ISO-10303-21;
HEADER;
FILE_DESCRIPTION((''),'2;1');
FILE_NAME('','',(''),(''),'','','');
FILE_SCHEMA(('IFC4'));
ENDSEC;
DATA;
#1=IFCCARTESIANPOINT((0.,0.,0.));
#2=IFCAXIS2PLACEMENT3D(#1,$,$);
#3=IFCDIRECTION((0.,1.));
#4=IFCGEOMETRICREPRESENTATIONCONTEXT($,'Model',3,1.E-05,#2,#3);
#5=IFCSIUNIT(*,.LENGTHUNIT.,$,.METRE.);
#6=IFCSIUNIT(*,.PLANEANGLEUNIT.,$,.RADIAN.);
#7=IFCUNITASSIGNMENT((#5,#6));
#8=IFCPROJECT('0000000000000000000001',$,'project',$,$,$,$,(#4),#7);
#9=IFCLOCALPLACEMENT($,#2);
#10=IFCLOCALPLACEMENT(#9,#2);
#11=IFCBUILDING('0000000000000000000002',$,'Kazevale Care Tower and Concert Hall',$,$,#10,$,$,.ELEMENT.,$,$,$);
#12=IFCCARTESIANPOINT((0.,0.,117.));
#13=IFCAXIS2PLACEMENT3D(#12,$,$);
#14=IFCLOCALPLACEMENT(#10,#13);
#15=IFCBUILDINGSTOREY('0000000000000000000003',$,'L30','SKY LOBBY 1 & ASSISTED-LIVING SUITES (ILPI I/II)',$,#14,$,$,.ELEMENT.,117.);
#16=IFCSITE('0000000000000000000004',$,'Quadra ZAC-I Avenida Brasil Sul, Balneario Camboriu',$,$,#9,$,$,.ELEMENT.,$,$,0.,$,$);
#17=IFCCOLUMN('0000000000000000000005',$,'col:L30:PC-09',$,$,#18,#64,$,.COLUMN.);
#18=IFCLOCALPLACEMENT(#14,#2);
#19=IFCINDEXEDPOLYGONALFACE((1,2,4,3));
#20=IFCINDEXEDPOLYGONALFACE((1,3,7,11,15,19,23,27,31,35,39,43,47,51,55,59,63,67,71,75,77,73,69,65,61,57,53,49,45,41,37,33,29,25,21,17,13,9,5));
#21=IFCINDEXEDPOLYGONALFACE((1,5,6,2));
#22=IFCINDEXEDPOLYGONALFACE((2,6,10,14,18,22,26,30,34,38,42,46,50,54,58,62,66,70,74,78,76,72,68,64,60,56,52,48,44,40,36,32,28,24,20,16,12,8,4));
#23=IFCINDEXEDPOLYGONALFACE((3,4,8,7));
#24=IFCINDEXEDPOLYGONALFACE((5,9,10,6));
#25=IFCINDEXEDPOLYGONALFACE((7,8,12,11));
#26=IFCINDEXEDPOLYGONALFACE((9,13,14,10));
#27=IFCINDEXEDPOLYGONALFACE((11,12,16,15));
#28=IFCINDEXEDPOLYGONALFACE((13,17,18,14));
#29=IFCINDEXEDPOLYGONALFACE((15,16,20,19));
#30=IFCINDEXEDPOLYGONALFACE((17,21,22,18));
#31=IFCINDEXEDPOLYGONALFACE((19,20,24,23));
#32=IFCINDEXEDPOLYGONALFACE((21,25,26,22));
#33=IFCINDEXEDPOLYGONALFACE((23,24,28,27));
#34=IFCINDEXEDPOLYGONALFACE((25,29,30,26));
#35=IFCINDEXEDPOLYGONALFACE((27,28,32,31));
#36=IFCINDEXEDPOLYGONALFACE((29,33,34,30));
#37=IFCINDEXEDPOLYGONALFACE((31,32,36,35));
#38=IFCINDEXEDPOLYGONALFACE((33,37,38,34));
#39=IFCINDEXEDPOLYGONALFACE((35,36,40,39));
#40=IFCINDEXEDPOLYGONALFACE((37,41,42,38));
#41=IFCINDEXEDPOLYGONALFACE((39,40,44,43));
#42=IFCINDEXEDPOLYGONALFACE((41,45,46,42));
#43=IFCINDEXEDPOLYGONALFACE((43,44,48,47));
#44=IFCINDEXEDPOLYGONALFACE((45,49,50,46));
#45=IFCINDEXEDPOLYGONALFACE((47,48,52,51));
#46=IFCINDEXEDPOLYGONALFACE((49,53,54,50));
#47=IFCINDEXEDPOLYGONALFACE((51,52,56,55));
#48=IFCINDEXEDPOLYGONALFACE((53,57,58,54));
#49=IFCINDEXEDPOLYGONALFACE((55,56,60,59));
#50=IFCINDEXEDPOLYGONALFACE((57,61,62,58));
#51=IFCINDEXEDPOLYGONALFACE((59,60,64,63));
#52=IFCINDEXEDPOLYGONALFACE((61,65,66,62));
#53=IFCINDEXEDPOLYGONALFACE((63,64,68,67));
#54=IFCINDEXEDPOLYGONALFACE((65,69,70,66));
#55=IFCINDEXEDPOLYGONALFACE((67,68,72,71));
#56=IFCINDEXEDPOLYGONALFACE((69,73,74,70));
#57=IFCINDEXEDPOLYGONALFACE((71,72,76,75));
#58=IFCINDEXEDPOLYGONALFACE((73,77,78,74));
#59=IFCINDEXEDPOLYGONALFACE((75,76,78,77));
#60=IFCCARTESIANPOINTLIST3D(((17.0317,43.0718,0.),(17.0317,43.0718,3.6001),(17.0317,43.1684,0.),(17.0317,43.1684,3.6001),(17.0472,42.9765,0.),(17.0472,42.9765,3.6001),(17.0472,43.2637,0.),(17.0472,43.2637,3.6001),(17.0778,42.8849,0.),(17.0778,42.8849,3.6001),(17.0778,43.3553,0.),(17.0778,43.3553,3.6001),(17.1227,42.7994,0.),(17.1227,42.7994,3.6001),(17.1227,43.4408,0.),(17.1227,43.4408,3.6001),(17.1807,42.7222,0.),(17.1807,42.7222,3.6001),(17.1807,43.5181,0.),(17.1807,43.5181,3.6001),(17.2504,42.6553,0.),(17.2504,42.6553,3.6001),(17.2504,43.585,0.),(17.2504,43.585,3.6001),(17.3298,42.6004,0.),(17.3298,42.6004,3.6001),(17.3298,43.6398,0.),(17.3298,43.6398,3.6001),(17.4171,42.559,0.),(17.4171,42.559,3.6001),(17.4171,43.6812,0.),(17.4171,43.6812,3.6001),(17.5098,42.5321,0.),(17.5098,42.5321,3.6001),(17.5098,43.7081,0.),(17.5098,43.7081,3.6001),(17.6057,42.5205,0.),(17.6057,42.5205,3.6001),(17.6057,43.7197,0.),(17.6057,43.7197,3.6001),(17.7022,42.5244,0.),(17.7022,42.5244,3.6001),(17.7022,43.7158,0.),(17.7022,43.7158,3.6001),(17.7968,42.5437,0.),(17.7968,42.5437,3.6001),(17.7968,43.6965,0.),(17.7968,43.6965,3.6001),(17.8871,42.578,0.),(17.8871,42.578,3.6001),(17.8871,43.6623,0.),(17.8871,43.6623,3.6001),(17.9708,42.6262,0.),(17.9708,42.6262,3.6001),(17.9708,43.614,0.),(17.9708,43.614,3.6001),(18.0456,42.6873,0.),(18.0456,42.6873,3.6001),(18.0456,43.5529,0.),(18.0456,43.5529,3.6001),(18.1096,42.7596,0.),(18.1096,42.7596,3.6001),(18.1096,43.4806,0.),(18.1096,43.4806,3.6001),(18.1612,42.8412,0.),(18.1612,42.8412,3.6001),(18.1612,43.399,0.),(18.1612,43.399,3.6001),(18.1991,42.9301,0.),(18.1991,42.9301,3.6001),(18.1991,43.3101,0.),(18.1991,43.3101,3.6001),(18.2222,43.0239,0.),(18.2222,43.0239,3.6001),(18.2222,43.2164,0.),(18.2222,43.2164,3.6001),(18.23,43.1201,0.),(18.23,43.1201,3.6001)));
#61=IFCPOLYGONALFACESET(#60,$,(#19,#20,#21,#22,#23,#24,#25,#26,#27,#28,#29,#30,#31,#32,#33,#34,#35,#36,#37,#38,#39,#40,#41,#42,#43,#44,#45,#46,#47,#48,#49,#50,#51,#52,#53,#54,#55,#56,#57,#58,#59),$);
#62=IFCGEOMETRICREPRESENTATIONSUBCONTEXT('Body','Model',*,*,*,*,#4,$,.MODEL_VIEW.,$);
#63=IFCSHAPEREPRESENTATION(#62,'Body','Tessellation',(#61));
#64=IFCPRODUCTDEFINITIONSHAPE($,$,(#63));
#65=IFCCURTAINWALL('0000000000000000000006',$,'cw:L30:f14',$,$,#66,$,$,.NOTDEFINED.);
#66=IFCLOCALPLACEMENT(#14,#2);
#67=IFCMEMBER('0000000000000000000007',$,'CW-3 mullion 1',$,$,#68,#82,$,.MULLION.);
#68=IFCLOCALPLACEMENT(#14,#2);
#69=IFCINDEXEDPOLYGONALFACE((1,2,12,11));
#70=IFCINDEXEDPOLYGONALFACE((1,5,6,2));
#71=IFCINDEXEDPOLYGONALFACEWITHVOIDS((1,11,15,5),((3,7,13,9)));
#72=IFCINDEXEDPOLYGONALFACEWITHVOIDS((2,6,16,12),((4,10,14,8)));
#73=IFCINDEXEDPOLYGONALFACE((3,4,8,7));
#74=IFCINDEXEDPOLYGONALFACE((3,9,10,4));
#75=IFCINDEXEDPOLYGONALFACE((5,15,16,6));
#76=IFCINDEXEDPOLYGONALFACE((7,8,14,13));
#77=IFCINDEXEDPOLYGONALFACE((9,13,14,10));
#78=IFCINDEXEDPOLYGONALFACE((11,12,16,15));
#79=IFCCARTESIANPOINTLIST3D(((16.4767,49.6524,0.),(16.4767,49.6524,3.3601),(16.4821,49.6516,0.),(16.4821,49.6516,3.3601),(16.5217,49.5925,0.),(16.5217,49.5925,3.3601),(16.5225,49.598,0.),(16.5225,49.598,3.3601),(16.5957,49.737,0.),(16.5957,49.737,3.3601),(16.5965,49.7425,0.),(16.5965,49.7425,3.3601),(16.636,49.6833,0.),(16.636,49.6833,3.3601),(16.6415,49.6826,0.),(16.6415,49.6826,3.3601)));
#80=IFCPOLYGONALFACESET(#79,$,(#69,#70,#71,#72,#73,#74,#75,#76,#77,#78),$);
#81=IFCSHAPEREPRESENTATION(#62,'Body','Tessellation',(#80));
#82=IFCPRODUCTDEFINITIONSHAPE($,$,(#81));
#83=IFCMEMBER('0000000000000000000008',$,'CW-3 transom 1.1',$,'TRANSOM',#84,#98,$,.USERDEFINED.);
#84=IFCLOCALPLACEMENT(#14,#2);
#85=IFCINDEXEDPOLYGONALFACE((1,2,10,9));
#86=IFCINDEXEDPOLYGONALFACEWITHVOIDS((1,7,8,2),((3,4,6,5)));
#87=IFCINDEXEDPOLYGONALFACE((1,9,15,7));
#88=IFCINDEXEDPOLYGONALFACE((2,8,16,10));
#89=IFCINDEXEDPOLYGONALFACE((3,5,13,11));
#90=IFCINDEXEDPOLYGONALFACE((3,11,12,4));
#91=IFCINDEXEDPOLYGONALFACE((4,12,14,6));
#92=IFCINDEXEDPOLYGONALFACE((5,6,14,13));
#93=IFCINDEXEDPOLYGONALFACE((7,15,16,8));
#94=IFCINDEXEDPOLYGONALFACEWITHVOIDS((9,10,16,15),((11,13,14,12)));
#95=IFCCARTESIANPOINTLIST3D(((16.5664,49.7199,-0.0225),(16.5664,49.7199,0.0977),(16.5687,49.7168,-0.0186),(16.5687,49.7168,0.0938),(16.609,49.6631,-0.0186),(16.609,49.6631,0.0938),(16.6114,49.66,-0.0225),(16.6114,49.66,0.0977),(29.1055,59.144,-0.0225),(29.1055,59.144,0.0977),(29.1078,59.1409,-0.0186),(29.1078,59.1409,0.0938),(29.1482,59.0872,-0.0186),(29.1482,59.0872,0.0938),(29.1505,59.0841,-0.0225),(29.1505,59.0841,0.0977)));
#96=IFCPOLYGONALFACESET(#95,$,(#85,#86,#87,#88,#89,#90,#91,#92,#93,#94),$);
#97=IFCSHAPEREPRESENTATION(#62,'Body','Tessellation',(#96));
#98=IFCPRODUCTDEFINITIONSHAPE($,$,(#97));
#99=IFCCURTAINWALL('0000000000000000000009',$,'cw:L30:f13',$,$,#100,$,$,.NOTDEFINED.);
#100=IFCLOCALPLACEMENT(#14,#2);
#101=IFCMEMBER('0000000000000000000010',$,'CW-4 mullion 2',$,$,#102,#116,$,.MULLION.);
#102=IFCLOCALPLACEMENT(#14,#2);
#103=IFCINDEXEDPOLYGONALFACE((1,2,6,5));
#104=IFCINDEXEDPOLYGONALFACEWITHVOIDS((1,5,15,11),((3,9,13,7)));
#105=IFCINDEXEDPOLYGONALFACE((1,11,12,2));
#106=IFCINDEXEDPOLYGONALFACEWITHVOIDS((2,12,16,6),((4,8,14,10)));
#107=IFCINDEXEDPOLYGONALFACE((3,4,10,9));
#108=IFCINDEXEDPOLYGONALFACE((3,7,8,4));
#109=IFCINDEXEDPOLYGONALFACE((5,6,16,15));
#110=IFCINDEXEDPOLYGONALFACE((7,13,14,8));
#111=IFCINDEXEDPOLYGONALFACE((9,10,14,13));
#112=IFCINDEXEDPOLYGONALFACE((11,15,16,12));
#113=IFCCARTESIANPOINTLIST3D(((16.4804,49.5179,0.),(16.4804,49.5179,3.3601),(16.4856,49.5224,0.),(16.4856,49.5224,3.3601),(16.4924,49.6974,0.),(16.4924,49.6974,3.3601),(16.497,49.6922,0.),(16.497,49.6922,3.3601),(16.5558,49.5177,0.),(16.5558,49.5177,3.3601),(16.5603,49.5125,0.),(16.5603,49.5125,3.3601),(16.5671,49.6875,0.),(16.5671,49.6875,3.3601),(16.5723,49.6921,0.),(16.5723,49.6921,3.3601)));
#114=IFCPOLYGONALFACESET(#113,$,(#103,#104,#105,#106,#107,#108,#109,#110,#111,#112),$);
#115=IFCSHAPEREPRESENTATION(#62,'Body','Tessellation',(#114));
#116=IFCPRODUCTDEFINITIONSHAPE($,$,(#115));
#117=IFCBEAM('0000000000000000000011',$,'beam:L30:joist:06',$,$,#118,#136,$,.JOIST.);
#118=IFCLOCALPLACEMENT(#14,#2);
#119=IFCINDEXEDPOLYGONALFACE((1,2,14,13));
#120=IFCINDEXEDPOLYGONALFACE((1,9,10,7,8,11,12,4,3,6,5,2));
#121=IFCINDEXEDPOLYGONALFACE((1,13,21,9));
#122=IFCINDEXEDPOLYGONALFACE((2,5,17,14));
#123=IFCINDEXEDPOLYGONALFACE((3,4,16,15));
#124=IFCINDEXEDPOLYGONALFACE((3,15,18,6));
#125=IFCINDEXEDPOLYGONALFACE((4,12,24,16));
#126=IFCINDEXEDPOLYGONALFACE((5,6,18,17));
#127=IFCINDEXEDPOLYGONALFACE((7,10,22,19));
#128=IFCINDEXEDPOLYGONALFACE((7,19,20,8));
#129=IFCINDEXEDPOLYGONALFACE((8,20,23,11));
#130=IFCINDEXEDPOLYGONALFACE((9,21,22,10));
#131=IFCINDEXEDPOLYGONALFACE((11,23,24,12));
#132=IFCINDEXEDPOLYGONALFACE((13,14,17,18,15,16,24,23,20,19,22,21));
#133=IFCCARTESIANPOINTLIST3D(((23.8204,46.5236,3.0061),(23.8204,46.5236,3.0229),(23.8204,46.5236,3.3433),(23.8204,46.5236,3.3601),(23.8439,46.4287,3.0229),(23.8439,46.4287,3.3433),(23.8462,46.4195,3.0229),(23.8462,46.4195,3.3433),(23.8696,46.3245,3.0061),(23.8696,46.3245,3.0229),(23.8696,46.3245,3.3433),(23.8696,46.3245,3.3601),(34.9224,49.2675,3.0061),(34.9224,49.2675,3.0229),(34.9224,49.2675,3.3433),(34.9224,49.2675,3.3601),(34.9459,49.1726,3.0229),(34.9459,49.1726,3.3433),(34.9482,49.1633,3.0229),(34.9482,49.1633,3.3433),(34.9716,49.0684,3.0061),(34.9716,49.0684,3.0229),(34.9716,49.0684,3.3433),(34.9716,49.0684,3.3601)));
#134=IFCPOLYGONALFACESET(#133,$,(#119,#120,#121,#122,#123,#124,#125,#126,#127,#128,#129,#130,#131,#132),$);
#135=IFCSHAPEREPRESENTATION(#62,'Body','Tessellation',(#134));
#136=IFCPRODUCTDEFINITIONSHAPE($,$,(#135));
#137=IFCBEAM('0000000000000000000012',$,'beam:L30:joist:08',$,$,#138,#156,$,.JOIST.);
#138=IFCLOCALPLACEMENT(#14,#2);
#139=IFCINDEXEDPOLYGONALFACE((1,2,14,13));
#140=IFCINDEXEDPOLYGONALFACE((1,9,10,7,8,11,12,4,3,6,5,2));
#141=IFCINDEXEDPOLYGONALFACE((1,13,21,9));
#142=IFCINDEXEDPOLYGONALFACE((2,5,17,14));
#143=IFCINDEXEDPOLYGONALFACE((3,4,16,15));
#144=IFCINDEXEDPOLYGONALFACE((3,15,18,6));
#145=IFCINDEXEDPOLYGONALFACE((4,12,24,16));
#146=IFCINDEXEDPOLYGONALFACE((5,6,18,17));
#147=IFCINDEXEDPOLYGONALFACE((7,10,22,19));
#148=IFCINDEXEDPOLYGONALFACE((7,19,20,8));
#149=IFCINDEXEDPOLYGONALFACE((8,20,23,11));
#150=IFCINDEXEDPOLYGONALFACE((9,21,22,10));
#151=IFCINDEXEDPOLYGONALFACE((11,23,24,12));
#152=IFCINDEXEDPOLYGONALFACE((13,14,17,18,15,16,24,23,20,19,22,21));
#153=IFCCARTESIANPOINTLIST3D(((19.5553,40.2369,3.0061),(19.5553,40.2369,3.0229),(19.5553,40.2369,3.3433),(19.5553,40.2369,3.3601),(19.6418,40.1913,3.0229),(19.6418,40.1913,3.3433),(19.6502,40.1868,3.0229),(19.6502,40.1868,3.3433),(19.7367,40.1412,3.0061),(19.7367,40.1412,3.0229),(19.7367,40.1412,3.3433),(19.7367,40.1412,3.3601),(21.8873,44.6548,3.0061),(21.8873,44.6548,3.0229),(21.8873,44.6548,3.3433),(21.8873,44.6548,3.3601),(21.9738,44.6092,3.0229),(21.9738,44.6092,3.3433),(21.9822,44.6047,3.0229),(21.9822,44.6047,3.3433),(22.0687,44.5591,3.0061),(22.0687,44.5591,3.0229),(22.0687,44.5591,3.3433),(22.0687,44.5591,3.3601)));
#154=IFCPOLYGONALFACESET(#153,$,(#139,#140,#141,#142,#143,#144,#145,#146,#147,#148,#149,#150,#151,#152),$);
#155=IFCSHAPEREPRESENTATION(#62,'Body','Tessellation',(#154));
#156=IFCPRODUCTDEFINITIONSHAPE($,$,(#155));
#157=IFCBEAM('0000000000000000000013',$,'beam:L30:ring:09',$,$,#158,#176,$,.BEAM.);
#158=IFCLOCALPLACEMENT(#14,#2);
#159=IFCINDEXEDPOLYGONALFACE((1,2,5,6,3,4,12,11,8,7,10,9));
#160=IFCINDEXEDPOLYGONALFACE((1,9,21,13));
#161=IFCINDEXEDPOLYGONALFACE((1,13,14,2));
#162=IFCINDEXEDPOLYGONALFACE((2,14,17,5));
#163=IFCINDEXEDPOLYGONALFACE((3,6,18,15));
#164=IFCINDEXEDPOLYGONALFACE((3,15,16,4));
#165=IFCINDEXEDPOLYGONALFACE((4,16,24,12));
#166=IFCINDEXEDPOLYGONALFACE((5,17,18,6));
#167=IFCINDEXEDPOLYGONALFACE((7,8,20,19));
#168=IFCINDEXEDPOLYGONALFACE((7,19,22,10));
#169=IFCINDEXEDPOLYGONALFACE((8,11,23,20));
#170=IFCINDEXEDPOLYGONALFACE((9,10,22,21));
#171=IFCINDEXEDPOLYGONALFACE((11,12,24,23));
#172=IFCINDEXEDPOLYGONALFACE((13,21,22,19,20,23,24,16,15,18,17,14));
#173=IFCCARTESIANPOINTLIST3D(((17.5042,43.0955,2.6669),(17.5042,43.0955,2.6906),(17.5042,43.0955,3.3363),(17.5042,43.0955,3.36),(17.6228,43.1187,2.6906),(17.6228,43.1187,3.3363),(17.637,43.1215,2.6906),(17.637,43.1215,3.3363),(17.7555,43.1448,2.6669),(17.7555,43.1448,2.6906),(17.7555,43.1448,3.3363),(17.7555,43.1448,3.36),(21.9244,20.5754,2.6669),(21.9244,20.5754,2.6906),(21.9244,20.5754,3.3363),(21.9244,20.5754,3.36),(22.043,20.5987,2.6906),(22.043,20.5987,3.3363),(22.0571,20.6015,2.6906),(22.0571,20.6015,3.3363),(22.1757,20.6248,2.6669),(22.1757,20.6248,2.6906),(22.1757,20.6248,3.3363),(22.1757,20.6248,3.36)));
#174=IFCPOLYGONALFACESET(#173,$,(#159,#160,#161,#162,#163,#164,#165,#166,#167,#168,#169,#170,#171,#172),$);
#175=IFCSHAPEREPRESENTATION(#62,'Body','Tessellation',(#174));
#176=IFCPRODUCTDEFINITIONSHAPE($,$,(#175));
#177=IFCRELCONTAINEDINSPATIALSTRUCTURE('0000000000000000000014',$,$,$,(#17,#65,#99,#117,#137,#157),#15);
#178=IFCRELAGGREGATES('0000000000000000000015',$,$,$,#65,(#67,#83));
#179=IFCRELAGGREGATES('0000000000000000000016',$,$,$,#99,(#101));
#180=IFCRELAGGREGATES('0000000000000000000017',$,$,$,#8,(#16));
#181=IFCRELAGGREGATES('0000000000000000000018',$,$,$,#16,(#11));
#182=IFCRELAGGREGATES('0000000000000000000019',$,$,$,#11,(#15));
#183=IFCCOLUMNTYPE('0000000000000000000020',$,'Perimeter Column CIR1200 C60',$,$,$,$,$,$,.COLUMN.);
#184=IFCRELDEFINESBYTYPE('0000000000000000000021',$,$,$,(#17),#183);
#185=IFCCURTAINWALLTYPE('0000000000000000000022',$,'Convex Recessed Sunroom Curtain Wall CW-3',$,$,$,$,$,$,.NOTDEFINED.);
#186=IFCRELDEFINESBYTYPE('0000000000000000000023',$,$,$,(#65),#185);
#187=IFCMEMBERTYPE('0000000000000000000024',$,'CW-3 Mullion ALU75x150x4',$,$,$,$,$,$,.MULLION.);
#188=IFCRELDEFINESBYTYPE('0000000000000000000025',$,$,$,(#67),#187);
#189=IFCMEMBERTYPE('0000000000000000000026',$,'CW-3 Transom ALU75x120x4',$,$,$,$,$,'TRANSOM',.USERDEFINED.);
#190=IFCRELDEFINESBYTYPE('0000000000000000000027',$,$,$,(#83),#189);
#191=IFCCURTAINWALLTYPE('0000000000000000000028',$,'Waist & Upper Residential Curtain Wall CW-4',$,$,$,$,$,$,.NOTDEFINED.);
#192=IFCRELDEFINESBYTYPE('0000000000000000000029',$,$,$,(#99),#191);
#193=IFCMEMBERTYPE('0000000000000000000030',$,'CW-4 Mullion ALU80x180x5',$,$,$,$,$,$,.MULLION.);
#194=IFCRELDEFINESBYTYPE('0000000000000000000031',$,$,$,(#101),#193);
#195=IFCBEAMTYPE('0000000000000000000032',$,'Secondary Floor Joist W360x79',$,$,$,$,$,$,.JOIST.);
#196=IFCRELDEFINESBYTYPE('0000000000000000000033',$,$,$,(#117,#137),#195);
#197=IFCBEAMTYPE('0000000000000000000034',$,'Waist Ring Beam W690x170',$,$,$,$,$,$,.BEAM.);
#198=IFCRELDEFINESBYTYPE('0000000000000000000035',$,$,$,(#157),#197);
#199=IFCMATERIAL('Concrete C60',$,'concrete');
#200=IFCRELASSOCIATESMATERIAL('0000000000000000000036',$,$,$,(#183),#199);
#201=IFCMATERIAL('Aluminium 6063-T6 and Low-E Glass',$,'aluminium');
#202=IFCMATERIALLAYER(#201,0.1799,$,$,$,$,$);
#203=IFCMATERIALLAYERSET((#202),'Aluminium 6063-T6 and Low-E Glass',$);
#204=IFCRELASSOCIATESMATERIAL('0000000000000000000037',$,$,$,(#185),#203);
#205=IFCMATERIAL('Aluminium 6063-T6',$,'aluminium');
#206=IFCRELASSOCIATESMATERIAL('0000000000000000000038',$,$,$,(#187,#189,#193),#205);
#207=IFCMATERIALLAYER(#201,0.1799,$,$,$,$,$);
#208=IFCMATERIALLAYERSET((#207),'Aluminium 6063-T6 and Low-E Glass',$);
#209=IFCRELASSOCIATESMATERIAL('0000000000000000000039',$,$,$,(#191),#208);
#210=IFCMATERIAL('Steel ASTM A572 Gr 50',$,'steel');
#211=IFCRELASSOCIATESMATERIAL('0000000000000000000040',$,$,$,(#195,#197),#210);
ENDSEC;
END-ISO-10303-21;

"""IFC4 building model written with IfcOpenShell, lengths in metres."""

from ifc_helpers import new_model, si_unit, direction, frame, origin, origin_2d, place, context, subcontext, project, spatial, hollow_rectangle, circle, i_section, extrude, material, layer, layer_set, material_profile, profile_set, type_object, element, aggregate, save


model = new_model("IFC4")

# Units and contexts
model_context = context("Model", 3, precision=1e-05, world=origin(), true_north=direction((0.0, 1.0)))
body_context = subcontext(model_context, "Body", "Model", "MODEL_VIEW")
ifc_project = project(units=[si_unit("LENGTHUNIT", "METRE"), si_unit("PLANEANGLEUNIT", "RADIAN")], contexts=[model_context])

# Site, building, storey
site_placement = place(None, origin())
site = spatial("IfcSite", under=ifc_project, at=site_placement, Name="Quadra ZAC-I Avenida Brasil Sul, Balneario Camboriu", CompositionType="ELEMENT", RefElevation=0.0)
building_placement = place(site_placement, origin())
building = spatial("IfcBuilding", under=site, at=building_placement, Name="Kazevale Care Tower and Concert Hall", CompositionType="ELEMENT")
storey_placement = place(building_placement, frame((0.0, 0.0, 117.0)))
storey = spatial("IfcBuildingStorey", under=building, at=storey_placement, Name="L30", Description="SKY LOBBY 1 & ASSISTED-LIVING SUITES (ILPI I/II)", CompositionType="ELEMENT", Elevation=117.0)

# Column
ifc_material_1 = material(Name="Concrete C60", Category="concrete")
ifc_material_profile_1 = material_profile(ifc_material_1, circle(Radius=0.6001, at=origin_2d()), Name="RC-CIR1200")
ifc_profile_set_1 = profile_set([ifc_material_profile_1], Name="Concrete C60")
column_type = type_object("IfcColumnType", Name="Perimeter Column CIR1200 C60", PredefinedType="COLUMN", material=ifc_profile_set_1)
column_placement = place(storey_placement, frame((17.6299, 43.1201, 0.0), z_axis=(0.0, 0.0, 1.0), x_axis=(1.0, 0.0, 0.0)))
element("IfcColumn", 1, at=column_placement, inside=storey, type_object=column_type, Name="col:L30:PC-09", PredefinedType="COLUMN", context=body_context, shape_type="SweptSolid", body=[
    extrude(circle(Radius=0.6001, at=origin_2d()), origin(), (0.0, 0.0, 1.0), 3.6001),
])

# Curtain wall, members
ifc_material_2 = material(Name="Aluminium 6063-T6 and Low-E Glass", Category="aluminium")
ifc_layer_1 = layer(ifc_material_2, 0.1799)
ifc_layer_set_1 = layer_set([ifc_layer_1], Name="Aluminium 6063-T6 and Low-E Glass")
curtain_wall_type_1 = type_object("IfcCurtainWallType", Name="Convex Recessed Sunroom Curtain Wall CW-3", PredefinedType="NOTDEFINED", material=ifc_layer_set_1)
curtain_wall_1_placement = place(storey_placement, origin())
curtain_wall_1 = element("IfcCurtainWall", 2, at=curtain_wall_1_placement, inside=storey, type_object=curtain_wall_type_1, Name="cw:L30:f14", PredefinedType="NOTDEFINED")
ifc_material_3 = material(Name="Aluminium 6063-T6", Category="aluminium")
ifc_material_profile_2 = material_profile(ifc_material_3, hollow_rectangle(XDim=0.075, YDim=0.1499, WallThickness=0.0039, at=origin_2d()), Name="ALU75x150x4")
ifc_profile_set_2 = profile_set([ifc_material_profile_2], Name="Aluminium 6063-T6")
member_type_1 = type_object("IfcMemberType", Name="CW-3 Mullion ALU75x150x4", PredefinedType="MULLION", material=ifc_profile_set_2)
member_1_placement = place(storey_placement, frame((16.5591, 49.6675, 0.0), z_axis=(0.0, 0.0, 1.0), x_axis=(-0.600798, 0.799401, 0.0)))
member_1 = element("IfcMember", 3, at=member_1_placement, type_object=member_type_1, Name="CW-3 mullion 1", PredefinedType="MULLION", context=body_context, shape_type="SweptSolid", body=[
    extrude(hollow_rectangle(XDim=0.075, YDim=0.1499, WallThickness=0.0039, at=origin_2d()), origin(), (0.0, 0.0, 1.0), 3.3601),
])
ifc_material_profile_3 = material_profile(ifc_material_3, hollow_rectangle(XDim=0.075, YDim=0.1201, WallThickness=0.0039, at=origin_2d()), Name="ALU75x120x4")
ifc_profile_set_3 = profile_set([ifc_material_profile_3], Name="Aluminium 6063-T6")
member_type_2 = type_object("IfcMemberType", Name="CW-3 Transom ALU75x120x4", ElementType="TRANSOM", PredefinedType="USERDEFINED", material=ifc_profile_set_3)
member_2_placement = place(storey_placement, frame((16.5889, 49.6899, 0.0376), z_axis=(0.799394, 0.600807, 0.0), x_axis=(-0.600807, 0.799394, 0.0)))
member_2 = element("IfcMember", 4, at=member_2_placement, type_object=member_type_2, Name="CW-3 transom 1.1", ObjectType="TRANSOM", PredefinedType="USERDEFINED", context=body_context, shape_type="SweptSolid", body=[
    extrude(hollow_rectangle(XDim=0.075, YDim=0.1201, WallThickness=0.0039, at=origin_2d()), origin(), (0.0, 0.0, 1.0), 15.6858),
])
aggregate(curtain_wall_1, [member_1, member_2])

# Curtain wall, member
ifc_layer_2 = layer(ifc_material_2, 0.1799)
ifc_layer_set_2 = layer_set([ifc_layer_2], Name="Aluminium 6063-T6 and Low-E Glass")
curtain_wall_type_2 = type_object("IfcCurtainWallType", Name="Waist & Upper Residential Curtain Wall CW-4", PredefinedType="NOTDEFINED", material=ifc_layer_set_2)
curtain_wall_2_placement = place(storey_placement, origin())
curtain_wall_2 = element("IfcCurtainWall", 5, at=curtain_wall_2_placement, inside=storey, type_object=curtain_wall_type_2, Name="cw:L30:f13", PredefinedType="NOTDEFINED")
ifc_material_profile_4 = material_profile(ifc_material_3, hollow_rectangle(XDim=0.0801, YDim=0.1799, WallThickness=0.0049, at=origin_2d()), Name="ALU80x180x5")
ifc_profile_set_4 = profile_set([ifc_material_profile_4], Name="Aluminium 6063-T6")
member_type_3 = type_object("IfcMemberType", Name="CW-4 Mullion ALU80x180x5", PredefinedType="MULLION", material=ifc_profile_set_4)
member_3_placement = place(storey_placement, frame((16.5264, 49.605, 0.0), z_axis=(0.0, 0.0, 1.0), x_axis=(-0.997778, 0.06662, 0.0)))
member_3 = element("IfcMember", 6, at=member_3_placement, type_object=member_type_3, Name="CW-4 mullion 2", PredefinedType="MULLION", context=body_context, shape_type="SweptSolid", body=[
    extrude(hollow_rectangle(XDim=0.0801, YDim=0.1799, WallThickness=0.0049, at=origin_2d()), origin(), (0.0, 0.0, 1.0), 3.3601),
])

# Beams
ifc_material_4 = material(Name="Steel ASTM A572 Gr 50", Category="steel")
ifc_material_profile_5 = material_profile(ifc_material_4, i_section(OverallWidth=0.2051, OverallDepth=0.354, WebThickness=0.0095, FlangeThickness=0.0168, at=origin_2d()), Name="W360x79")
ifc_profile_set_5 = profile_set([ifc_material_profile_5], Name="Steel ASTM A572 Gr 50")
beam_type_1 = type_object("IfcBeamType", Name="Secondary Floor Joist W360x79", PredefinedType="JOIST", material=ifc_profile_set_5)
beam_1_placement = place(storey_placement, frame((34.947, 49.168, 3.1831), z_axis=(-0.97079, -0.239933, 0.0), x_axis=(0.239933, -0.97079, 0.0)))
element("IfcBeam", 7, at=beam_1_placement, inside=storey, type_object=beam_type_1, Name="beam:L30:joist:06", PredefinedType="JOIST", context=body_context, shape_type="SweptSolid", body=[
    extrude(i_section(OverallWidth=0.2051, OverallDepth=0.354, WebThickness=0.0095, FlangeThickness=0.0168, at=origin_2d()), origin(), (0.0, 0.0, 1.0), 11.436),
])
beam_2_placement = place(storey_placement, frame((21.978, 44.6069, 3.1831), z_axis=(-0.46681, -0.884358, 0.0), x_axis=(0.884358, -0.46681, 0.0)))
element("IfcBeam", 8, at=beam_2_placement, inside=storey, type_object=beam_type_1, Name="beam:L30:joist:08", PredefinedType="JOIST", context=body_context, shape_type="SweptSolid", body=[
    extrude(i_section(OverallWidth=0.2051, OverallDepth=0.354, WebThickness=0.0095, FlangeThickness=0.0168, at=origin_2d()), origin(), (0.0, 0.0, 1.0), 4.9956),
])
ifc_material_profile_6 = material_profile(ifc_material_4, i_section(OverallWidth=0.2561, OverallDepth=0.6931, WebThickness=0.0144, FlangeThickness=0.0237, at=origin_2d()), Name="W690x170")
ifc_profile_set_6 = profile_set([ifc_material_profile_6], Name="Steel ASTM A572 Gr 50")
beam_type_2 = type_object("IfcBeamType", Name="Waist Ring Beam W690x170", PredefinedType="BEAM", material=ifc_profile_set_6)
beam_3_placement = place(storey_placement, frame((17.6299, 43.1201, 3.0134), z_axis=(0.192602, -0.981277, 0.0), x_axis=(0.981277, 0.192602, 0.0)))
element("IfcBeam", 9, at=beam_3_placement, inside=storey, type_object=beam_type_2, Name="beam:L30:ring:09", PredefinedType="BEAM", context=body_context, shape_type="SweptSolid", body=[
    extrude(i_section(OverallWidth=0.2561, OverallDepth=0.6931, WebThickness=0.0144, FlangeThickness=0.0237, at=origin_2d()), origin(), (0.0, 0.0, 1.0), 22.9497),
])

aggregate(curtain_wall_2, [member_3])

save(model, "model.ifc")
